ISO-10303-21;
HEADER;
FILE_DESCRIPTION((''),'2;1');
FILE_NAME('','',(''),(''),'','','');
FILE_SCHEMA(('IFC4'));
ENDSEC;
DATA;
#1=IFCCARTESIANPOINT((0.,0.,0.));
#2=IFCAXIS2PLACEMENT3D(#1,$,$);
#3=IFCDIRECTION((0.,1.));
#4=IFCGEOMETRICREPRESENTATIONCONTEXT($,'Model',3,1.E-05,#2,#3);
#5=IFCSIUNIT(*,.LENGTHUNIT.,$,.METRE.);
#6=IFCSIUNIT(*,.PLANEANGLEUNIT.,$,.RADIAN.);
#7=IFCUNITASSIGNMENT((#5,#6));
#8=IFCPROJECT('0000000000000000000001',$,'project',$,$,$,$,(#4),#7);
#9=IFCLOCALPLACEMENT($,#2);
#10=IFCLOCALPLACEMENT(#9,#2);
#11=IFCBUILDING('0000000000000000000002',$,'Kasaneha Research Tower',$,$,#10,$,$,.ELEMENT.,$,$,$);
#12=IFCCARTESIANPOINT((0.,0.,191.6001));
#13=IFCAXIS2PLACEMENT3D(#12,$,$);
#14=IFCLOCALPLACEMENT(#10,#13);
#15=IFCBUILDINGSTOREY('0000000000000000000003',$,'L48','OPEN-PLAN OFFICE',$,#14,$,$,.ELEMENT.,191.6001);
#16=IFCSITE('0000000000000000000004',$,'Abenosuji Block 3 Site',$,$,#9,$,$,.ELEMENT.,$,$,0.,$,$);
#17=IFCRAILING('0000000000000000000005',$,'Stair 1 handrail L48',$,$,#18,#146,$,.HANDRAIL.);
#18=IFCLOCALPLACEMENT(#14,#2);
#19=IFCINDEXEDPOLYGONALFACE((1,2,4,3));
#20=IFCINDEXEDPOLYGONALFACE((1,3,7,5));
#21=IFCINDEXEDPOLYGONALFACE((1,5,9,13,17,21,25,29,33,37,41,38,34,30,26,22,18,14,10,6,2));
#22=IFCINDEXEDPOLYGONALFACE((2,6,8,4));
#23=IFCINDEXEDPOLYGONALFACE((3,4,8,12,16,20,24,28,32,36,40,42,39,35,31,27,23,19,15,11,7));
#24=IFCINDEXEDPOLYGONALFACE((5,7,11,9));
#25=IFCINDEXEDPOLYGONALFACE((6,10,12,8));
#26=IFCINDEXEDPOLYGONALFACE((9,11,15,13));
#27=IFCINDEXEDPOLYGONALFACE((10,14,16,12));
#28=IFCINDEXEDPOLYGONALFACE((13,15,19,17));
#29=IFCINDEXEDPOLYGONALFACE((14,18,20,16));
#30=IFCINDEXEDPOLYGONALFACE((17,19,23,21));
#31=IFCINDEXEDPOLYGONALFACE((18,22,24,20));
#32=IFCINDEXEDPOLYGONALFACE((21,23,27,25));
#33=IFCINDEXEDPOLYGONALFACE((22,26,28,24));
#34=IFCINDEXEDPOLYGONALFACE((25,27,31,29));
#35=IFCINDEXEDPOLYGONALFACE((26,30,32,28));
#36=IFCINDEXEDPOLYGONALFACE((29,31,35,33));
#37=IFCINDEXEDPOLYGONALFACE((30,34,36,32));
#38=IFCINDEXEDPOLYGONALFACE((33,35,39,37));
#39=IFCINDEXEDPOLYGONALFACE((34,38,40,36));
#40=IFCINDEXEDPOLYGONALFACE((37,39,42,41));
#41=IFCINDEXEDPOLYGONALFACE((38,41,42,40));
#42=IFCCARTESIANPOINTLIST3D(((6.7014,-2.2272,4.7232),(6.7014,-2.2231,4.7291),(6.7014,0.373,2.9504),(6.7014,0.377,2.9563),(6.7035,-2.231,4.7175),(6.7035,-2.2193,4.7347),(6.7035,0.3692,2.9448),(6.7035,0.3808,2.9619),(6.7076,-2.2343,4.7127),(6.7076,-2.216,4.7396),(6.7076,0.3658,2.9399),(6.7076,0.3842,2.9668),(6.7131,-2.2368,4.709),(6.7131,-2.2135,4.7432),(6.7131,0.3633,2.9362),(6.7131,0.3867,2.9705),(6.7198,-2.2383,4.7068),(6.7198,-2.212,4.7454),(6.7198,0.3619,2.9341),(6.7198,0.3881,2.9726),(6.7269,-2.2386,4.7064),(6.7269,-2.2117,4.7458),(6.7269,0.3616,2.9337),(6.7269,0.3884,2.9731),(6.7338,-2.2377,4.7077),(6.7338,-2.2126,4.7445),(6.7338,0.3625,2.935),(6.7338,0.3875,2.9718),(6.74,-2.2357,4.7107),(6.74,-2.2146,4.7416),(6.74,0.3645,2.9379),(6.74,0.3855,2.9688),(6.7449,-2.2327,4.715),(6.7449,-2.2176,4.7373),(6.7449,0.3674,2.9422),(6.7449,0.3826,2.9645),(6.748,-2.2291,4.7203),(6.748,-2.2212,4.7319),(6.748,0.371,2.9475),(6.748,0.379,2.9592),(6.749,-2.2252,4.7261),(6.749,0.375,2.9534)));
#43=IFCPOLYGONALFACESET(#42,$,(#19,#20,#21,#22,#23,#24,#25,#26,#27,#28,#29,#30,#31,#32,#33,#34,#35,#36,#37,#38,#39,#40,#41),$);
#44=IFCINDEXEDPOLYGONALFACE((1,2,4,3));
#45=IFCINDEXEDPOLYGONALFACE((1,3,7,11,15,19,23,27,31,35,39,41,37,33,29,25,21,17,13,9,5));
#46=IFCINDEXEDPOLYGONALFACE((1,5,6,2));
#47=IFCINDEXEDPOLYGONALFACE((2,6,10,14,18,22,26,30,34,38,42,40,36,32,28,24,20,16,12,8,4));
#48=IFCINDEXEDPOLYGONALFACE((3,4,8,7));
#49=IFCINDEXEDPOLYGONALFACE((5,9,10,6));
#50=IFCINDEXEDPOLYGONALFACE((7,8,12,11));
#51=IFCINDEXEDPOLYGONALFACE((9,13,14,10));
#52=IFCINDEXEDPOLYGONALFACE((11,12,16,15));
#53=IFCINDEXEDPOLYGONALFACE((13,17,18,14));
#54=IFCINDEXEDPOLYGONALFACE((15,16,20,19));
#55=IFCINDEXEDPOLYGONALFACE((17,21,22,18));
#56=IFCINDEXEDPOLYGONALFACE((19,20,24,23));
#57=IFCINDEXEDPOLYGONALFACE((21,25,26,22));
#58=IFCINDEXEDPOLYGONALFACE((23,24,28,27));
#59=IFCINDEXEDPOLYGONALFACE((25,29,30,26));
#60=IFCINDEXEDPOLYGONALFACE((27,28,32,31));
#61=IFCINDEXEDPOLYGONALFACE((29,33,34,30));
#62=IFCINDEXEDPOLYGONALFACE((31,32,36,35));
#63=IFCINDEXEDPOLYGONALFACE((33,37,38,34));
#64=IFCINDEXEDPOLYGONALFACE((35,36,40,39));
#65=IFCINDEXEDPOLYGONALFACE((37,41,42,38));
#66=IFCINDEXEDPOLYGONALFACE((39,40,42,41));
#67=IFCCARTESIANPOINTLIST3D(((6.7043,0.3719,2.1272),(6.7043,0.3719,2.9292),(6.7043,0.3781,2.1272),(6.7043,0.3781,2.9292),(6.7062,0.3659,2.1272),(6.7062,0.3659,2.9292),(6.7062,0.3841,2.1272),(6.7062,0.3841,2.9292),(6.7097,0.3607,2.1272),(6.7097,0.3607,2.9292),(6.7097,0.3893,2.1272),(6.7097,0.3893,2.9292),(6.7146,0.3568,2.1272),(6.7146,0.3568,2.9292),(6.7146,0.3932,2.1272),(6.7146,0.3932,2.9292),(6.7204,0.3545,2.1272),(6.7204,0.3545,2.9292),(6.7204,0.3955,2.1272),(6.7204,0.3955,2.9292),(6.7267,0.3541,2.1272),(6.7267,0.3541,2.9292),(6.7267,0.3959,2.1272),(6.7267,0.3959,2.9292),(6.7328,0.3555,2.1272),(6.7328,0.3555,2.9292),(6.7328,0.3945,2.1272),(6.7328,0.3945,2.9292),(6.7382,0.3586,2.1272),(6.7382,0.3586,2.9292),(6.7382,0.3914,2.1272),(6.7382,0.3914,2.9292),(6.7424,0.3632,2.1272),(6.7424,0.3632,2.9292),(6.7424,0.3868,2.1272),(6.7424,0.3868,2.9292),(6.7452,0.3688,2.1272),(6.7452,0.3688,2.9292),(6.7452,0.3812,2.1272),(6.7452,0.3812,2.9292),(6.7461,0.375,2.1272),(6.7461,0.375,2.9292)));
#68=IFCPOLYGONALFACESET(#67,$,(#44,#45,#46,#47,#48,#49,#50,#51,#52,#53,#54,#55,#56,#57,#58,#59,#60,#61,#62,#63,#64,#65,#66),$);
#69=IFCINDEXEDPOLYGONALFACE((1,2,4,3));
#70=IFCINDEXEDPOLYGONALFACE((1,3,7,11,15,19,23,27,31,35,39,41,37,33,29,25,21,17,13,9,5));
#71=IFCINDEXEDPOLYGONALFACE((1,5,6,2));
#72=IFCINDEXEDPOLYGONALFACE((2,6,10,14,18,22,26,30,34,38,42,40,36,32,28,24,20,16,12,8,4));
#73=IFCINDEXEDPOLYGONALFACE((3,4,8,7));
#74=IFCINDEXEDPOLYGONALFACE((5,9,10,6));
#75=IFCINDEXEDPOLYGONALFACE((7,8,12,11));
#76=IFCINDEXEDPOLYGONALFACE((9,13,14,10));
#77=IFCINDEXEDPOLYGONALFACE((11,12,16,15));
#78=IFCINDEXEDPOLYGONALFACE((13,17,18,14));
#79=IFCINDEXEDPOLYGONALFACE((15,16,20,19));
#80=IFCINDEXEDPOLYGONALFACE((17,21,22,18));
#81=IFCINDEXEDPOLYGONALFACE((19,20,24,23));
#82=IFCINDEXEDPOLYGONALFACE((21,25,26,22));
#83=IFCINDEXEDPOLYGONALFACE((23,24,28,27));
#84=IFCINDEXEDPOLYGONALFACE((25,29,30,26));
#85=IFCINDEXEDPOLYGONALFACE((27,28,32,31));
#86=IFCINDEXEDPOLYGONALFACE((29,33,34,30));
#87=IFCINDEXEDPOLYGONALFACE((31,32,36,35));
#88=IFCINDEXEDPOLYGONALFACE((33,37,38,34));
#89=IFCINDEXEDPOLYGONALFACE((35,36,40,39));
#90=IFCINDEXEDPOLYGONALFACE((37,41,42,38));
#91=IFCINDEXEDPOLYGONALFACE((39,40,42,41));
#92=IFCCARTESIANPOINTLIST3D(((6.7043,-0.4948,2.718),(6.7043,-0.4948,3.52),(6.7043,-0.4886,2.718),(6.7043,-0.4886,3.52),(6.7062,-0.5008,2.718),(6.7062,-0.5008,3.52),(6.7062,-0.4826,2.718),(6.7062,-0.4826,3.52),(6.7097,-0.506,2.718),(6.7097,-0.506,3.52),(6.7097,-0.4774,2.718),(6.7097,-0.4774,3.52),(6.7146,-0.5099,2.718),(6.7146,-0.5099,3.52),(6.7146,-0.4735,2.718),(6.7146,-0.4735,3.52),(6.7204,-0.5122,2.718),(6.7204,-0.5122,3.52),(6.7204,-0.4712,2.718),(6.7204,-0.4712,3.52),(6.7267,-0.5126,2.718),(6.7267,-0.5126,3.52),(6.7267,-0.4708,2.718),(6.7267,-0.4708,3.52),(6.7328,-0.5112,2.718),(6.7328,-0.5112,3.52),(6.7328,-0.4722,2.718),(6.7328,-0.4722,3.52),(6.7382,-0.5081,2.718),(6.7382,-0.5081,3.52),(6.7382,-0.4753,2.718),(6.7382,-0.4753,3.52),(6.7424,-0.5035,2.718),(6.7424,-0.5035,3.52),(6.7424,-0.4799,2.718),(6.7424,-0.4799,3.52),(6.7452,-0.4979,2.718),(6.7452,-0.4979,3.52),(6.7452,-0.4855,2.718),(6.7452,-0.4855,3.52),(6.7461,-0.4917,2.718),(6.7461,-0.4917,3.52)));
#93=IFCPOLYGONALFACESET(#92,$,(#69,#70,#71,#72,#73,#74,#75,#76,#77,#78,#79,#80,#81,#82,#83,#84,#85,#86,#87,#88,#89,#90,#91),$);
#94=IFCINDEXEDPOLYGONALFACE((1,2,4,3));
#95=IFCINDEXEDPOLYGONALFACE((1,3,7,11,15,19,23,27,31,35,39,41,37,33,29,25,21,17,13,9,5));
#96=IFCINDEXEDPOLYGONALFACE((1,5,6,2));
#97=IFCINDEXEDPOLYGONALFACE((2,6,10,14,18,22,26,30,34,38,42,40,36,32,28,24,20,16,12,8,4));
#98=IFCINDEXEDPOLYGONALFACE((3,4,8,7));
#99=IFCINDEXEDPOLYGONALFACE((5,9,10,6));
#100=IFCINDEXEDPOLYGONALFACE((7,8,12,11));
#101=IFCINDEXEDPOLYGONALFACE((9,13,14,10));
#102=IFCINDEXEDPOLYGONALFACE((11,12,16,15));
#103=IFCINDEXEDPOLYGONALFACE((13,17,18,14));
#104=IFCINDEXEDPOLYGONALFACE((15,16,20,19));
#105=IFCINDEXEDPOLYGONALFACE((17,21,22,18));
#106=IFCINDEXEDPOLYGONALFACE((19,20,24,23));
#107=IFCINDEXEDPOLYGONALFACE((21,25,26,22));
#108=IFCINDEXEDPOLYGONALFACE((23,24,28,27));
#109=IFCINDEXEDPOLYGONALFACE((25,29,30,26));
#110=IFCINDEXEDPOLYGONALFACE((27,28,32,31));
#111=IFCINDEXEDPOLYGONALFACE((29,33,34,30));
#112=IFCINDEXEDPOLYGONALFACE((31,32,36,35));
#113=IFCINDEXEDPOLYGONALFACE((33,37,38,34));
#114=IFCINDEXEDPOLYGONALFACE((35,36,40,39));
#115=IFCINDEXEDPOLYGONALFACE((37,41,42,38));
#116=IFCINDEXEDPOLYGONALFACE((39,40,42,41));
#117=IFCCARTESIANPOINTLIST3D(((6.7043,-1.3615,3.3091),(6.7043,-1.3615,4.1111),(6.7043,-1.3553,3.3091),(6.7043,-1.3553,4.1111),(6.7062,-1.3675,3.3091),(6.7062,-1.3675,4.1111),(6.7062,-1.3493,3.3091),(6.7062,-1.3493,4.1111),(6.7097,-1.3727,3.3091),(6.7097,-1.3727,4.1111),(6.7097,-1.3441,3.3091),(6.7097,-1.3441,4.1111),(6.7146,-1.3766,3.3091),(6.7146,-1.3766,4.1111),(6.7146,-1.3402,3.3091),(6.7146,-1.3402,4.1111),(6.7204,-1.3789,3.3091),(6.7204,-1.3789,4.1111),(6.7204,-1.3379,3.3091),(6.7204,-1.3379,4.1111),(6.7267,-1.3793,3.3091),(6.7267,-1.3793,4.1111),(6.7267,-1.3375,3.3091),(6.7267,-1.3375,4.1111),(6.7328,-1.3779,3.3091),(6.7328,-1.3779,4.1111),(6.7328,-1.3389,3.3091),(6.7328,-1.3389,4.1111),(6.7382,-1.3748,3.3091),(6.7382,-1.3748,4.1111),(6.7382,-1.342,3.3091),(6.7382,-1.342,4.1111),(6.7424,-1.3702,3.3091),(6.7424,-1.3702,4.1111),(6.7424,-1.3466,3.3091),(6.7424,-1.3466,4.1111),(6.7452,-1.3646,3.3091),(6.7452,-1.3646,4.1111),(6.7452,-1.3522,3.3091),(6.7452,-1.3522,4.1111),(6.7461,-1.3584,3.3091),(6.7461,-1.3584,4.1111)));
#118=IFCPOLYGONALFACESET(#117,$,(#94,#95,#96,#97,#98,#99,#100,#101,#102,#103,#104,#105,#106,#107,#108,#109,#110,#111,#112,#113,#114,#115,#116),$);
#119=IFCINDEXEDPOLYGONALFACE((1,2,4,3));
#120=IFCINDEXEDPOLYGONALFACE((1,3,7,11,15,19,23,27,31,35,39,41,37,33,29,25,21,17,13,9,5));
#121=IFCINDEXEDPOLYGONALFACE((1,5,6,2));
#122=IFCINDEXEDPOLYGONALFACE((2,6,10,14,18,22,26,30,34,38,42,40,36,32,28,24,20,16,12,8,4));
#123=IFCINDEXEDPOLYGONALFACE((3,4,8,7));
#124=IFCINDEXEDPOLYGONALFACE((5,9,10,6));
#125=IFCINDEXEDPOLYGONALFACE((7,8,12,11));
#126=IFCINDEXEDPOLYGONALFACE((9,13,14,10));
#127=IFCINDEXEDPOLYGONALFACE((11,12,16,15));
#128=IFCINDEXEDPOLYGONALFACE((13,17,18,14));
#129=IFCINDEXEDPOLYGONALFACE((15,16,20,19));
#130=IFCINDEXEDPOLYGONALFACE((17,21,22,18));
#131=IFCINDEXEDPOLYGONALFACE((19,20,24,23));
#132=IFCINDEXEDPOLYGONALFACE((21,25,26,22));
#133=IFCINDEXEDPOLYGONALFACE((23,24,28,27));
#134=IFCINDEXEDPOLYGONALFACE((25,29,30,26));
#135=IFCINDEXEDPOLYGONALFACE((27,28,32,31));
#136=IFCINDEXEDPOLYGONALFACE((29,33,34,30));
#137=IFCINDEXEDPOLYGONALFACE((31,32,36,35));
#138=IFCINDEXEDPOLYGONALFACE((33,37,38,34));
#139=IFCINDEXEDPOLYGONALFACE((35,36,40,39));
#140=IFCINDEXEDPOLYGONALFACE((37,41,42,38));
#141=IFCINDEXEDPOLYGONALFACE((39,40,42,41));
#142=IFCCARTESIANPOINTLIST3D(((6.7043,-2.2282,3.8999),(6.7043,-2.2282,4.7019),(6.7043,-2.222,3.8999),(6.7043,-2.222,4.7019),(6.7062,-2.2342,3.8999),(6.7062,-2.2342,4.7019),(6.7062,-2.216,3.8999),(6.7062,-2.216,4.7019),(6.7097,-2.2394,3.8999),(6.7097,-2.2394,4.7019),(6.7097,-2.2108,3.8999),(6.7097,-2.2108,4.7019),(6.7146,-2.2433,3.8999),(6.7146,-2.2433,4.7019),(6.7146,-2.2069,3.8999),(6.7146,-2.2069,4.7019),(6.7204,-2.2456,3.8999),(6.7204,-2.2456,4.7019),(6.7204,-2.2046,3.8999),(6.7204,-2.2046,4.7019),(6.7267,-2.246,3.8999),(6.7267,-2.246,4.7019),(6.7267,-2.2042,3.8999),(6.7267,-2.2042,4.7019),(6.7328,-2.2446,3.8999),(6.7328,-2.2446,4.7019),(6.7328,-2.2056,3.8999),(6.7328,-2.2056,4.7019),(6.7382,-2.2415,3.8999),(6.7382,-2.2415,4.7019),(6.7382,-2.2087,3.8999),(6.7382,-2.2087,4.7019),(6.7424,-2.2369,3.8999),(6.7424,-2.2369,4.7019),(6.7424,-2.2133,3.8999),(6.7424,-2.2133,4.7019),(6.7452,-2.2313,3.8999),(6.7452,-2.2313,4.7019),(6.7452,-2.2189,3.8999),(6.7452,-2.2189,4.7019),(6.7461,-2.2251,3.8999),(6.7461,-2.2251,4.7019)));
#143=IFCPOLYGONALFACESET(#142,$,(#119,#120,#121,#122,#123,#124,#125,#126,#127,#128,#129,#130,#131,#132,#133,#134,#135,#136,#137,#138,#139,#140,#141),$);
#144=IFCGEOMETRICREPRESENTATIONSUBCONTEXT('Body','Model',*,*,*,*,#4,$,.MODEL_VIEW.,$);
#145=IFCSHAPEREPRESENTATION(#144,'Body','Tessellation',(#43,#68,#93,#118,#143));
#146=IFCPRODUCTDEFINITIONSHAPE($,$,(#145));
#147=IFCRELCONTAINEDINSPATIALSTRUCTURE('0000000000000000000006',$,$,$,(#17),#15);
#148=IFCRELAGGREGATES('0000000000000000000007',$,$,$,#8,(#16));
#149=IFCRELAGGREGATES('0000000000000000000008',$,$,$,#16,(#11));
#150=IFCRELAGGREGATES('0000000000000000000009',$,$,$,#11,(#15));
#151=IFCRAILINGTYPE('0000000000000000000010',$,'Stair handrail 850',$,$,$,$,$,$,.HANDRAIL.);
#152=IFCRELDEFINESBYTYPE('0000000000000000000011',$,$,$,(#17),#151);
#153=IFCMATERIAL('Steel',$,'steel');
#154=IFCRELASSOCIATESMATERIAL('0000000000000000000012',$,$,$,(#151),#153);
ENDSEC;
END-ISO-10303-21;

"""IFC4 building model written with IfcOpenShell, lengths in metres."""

from ifc_helpers import new_model, si_unit, direction, frame, origin, origin_2d, place, context, subcontext, project, spatial, circle, extrude, material, type_object, element, save


model = new_model("IFC4")

# Units and contexts
model_context = context("Model", 3, precision=1e-05, world=origin(), true_north=direction((0.0, 1.0)))
body_context = subcontext(model_context, "Body", "Model", "MODEL_VIEW")
ifc_project = project(units=[si_unit("LENGTHUNIT", "METRE"), si_unit("PLANEANGLEUNIT", "RADIAN")], contexts=[model_context])

# Site, building, storey
site_placement = place(None, origin())
site = spatial("IfcSite", under=ifc_project, at=site_placement, Name="Abenosuji Block 3 Site", CompositionType="ELEMENT", RefElevation=0.0)
building_placement = place(site_placement, origin())
building = spatial("IfcBuilding", under=site, at=building_placement, Name="Kasaneha Research Tower", CompositionType="ELEMENT")
storey_placement = place(building_placement, frame((0.0, 0.0, 191.6001)))
storey = spatial("IfcBuildingStorey", under=building, at=storey_placement, Name="L48", Description="OPEN-PLAN OFFICE", CompositionType="ELEMENT", Elevation=191.6001)

# Railing
ifc_material_1 = material(Name="Steel", Category="steel")
railing_type = type_object("IfcRailingType", Name="Stair handrail 850", PredefinedType="HANDRAIL", material=ifc_material_1)
railing_placement = place(storey_placement, frame((6.7251, 0.375, 2.1272)))
element("IfcRailing", 1, at=railing_placement, inside=storey, type_object=railing_type, Name="Stair 1 handrail L48", PredefinedType="HANDRAIL", context=body_context, shape_type="SweptSolid", body=[
    extrude(circle(Radius=0.0239, at=origin_2d()), frame((0.0, 0.0, 0.8262), z_axis=(0.0, -0.82624, 0.563318), x_axis=(1.0, 0.0, 0.0)), (0.0, 0.0, 1.0), 3.147),
    extrude(circle(Radius=0.021, at=origin_2d()), origin(), (0.0, 0.0, 1.0), 0.802),
    extrude(circle(Radius=0.021, at=origin_2d()), frame((0.0, -0.8667, 0.5908)), (0.0, 0.0, 1.0), 0.802),
    extrude(circle(Radius=0.021, at=origin_2d()), frame((0.0, -1.7334, 1.1819)), (0.0, 0.0, 1.0), 0.802),
    extrude(circle(Radius=0.021, at=origin_2d()), frame((0.0, -2.6001, 1.7727)), (0.0, 0.0, 1.0), 0.802),
])

save(model, "model.ifc")
